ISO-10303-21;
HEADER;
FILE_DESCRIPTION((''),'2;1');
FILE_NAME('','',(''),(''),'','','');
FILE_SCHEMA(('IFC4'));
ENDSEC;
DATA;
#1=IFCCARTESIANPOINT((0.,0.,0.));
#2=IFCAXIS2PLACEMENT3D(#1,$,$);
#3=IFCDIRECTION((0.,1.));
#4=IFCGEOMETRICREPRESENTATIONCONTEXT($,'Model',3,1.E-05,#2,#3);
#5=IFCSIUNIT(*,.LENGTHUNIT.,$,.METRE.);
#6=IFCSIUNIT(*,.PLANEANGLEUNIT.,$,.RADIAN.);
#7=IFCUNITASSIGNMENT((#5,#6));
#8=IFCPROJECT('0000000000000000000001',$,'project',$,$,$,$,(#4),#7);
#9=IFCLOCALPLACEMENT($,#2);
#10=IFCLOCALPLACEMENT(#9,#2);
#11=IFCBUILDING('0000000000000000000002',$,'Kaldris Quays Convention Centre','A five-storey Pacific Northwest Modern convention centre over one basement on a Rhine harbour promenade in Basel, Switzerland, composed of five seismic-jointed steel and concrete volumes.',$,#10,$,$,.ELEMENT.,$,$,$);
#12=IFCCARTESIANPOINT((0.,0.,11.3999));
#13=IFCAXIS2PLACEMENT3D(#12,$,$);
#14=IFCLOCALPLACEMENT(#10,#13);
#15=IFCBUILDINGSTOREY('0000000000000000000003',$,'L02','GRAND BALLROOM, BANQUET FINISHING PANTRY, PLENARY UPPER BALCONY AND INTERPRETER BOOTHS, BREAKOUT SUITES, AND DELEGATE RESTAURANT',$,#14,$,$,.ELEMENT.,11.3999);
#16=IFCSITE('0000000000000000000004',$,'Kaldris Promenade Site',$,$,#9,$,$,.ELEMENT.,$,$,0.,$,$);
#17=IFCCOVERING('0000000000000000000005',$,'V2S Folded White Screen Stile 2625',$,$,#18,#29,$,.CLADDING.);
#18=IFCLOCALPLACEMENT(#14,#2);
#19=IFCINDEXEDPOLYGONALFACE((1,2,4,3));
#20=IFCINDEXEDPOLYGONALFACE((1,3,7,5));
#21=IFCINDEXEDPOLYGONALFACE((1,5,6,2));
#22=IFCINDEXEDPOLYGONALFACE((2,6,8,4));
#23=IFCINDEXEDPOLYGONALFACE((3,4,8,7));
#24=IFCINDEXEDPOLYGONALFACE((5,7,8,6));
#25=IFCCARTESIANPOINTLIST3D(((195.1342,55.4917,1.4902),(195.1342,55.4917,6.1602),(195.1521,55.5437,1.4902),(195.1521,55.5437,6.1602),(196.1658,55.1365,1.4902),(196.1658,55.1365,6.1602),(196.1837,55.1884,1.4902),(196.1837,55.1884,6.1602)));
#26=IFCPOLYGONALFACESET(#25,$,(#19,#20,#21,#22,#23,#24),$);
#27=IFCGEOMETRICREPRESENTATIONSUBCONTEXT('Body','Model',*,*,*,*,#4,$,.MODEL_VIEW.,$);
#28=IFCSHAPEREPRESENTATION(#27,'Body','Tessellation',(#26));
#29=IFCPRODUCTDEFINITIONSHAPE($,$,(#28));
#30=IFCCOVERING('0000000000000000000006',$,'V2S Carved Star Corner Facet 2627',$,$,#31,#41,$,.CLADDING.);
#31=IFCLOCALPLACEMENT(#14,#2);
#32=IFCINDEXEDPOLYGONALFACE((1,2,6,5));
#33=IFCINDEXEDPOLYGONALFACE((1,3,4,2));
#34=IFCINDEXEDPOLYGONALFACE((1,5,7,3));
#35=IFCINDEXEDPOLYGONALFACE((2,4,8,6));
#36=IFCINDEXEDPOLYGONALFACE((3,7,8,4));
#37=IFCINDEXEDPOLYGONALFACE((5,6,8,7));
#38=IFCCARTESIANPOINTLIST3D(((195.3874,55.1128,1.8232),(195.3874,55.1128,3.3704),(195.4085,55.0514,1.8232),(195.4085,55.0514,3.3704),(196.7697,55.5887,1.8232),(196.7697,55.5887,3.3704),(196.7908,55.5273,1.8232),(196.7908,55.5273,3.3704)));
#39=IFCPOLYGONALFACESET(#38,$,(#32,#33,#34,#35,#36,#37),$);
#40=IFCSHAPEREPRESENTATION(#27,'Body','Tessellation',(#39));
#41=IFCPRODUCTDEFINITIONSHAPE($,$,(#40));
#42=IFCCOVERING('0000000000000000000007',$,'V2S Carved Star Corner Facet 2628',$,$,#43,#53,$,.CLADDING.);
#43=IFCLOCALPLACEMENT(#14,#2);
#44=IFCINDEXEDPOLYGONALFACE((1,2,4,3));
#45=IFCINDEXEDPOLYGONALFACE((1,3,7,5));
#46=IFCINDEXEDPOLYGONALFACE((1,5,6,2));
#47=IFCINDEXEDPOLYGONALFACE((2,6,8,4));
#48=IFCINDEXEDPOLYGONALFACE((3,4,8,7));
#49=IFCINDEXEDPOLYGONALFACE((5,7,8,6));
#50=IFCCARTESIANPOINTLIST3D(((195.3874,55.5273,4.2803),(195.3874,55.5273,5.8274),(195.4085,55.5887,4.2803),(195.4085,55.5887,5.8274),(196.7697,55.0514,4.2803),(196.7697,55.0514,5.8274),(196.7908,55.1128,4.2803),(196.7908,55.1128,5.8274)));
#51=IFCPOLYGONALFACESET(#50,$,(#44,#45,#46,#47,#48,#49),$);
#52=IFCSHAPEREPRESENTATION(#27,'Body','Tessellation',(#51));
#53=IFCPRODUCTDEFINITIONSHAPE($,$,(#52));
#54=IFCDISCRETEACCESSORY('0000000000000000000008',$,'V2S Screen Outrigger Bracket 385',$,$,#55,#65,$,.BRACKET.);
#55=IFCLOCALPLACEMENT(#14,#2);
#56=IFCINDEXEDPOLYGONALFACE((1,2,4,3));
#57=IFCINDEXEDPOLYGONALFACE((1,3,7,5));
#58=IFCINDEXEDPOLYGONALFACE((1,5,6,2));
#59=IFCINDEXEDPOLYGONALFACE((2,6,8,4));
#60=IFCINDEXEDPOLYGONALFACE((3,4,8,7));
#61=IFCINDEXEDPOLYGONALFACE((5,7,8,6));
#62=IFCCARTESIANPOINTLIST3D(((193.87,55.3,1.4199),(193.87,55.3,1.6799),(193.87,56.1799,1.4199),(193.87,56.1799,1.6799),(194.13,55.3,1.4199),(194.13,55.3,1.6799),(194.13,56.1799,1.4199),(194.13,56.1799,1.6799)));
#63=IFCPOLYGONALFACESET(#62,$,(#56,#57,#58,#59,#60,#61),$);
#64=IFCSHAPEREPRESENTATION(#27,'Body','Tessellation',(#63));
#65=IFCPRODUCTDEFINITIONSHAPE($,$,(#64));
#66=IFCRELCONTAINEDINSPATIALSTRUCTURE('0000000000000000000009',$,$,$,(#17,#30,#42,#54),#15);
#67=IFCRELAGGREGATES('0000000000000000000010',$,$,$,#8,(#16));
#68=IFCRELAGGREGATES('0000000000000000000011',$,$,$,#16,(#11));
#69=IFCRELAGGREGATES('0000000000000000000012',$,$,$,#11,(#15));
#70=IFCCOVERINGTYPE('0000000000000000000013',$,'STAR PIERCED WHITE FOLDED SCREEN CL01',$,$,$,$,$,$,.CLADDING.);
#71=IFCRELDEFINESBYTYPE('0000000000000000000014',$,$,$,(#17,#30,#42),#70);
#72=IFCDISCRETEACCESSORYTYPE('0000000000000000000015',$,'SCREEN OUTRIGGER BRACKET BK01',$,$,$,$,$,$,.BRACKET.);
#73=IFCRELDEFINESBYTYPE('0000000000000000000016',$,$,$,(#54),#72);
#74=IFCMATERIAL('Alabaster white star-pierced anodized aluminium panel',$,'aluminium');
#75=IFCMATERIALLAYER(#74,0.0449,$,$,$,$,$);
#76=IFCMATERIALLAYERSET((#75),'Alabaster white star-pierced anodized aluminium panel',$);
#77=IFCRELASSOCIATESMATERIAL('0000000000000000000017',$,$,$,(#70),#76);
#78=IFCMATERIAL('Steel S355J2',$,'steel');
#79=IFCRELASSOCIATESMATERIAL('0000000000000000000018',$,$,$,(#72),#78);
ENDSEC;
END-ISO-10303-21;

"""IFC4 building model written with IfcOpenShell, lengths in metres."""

from ifc_helpers import new_model, si_unit, direction, frame, origin, origin_2d, place, context, subcontext, project, spatial, rectangle, extrude, material, layer, layer_set, type_object, element, save


model = new_model("IFC4")

# Units and contexts
model_context = context("Model", 3, precision=1e-05, world=origin(), true_north=direction((0.0, 1.0)))
body_context = subcontext(model_context, "Body", "Model", "MODEL_VIEW")
ifc_project = project(units=[si_unit("LENGTHUNIT", "METRE"), si_unit("PLANEANGLEUNIT", "RADIAN")], contexts=[model_context])

# Site, building, storey
site_placement = place(None, origin())
site = spatial("IfcSite", under=ifc_project, at=site_placement, Name="Kaldris Promenade Site", CompositionType="ELEMENT", RefElevation=0.0)
building_placement = place(site_placement, origin())
building = spatial("IfcBuilding", under=site, at=building_placement, Name="Kaldris Quays Convention Centre", Description="A five-storey Pacific Northwest Modern convention centre over one basement on a Rhine harbour promenade in Basel, Switzerland, composed of five seismic-jointed steel and concrete volumes.", CompositionType="ELEMENT")
storey_placement = place(building_placement, frame((0.0, 0.0, 11.3999)))
storey = spatial("IfcBuildingStorey", under=building, at=storey_placement, Name="L02", Description="GRAND BALLROOM, BANQUET FINISHING PANTRY, PLENARY UPPER BALCONY AND INTERPRETER BOOTHS, BREAKOUT SUITES, AND DELEGATE RESTAURANT", CompositionType="ELEMENT", Elevation=11.3999)

# Coverings
ifc_material_1 = material(Name="Alabaster white star-pierced anodized aluminium panel", Category="aluminium")
ifc_layer = layer(ifc_material_1, 0.0449)
ifc_layer_set = layer_set([ifc_layer], Name="Alabaster white star-pierced anodized aluminium panel")
covering_type = type_object("IfcCoveringType", Name="STAR PIERCED WHITE FOLDED SCREEN CL01", PredefinedType="CLADDING", material=ifc_layer_set)
covering_1_placement = place(storey_placement, frame((195.6589, 55.3401, 1.4902), z_axis=(0.0, 0.0, 1.0), x_axis=(0.945519, -0.325568, 0.0)))
element("IfcCovering", 1, at=covering_1_placement, inside=storey, type_object=covering_type, Name="V2S Folded White Screen Stile 2625", PredefinedType="CLADDING", context=body_context, shape_type="SweptSolid", body=[
    extrude(rectangle(XDim=1.0911, YDim=0.0549, at=origin_2d()), origin(), (0.0, 0.0, 1.0), 4.6699),
])
for number, where, z_axis, x_axis, name in (
    (2, (196.0891, 55.3201, 1.8232), (0.0, 0.0, 1.0), (0.945519, 0.325568, 0.0), "V2S Carved Star Corner Facet 2627"),
    (3, (196.0891, 55.3201, 4.2803), (0.0, 0.0, 1.0), (0.945519, -0.325568, 0.0), "V2S Carved Star Corner Facet 2628"),
):
    element("IfcCovering", number, at=place(storey_placement, frame(where, z_axis=z_axis, x_axis=x_axis)), inside=storey, type_object=covering_type, Name=name, PredefinedType="CLADDING", context=body_context, shape_type="SweptSolid", body=[
        extrude(rectangle(XDim=1.4619, YDim=0.0649, at=origin_2d()), origin(), (0.0, 0.0, 1.0), 1.5471),
    ])

# Discrete accessory
ifc_material_2 = material(Name="Steel S355J2", Category="steel")
discrete_accessory_type = type_object("IfcDiscreteAccessoryType", Name="SCREEN OUTRIGGER BRACKET BK01", PredefinedType="BRACKET", material=ifc_material_2)
discrete_accessory_placement = place(storey_placement, frame((194.0, 55.74, 1.4199), z_axis=(0.0, 0.0, 1.0), x_axis=(1.0, 0.0, 0.0)))
element("IfcDiscreteAccessory", 4, at=discrete_accessory_placement, inside=storey, type_object=discrete_accessory_type, Name="V2S Screen Outrigger Bracket 385", PredefinedType="BRACKET", context=body_context, shape_type="SweptSolid", body=[
    extrude(rectangle(XDim=0.26, YDim=0.8799, at=origin_2d()), origin(), (0.0, 0.0, 1.0), 0.26),
])

save(model, "model.ifc")
